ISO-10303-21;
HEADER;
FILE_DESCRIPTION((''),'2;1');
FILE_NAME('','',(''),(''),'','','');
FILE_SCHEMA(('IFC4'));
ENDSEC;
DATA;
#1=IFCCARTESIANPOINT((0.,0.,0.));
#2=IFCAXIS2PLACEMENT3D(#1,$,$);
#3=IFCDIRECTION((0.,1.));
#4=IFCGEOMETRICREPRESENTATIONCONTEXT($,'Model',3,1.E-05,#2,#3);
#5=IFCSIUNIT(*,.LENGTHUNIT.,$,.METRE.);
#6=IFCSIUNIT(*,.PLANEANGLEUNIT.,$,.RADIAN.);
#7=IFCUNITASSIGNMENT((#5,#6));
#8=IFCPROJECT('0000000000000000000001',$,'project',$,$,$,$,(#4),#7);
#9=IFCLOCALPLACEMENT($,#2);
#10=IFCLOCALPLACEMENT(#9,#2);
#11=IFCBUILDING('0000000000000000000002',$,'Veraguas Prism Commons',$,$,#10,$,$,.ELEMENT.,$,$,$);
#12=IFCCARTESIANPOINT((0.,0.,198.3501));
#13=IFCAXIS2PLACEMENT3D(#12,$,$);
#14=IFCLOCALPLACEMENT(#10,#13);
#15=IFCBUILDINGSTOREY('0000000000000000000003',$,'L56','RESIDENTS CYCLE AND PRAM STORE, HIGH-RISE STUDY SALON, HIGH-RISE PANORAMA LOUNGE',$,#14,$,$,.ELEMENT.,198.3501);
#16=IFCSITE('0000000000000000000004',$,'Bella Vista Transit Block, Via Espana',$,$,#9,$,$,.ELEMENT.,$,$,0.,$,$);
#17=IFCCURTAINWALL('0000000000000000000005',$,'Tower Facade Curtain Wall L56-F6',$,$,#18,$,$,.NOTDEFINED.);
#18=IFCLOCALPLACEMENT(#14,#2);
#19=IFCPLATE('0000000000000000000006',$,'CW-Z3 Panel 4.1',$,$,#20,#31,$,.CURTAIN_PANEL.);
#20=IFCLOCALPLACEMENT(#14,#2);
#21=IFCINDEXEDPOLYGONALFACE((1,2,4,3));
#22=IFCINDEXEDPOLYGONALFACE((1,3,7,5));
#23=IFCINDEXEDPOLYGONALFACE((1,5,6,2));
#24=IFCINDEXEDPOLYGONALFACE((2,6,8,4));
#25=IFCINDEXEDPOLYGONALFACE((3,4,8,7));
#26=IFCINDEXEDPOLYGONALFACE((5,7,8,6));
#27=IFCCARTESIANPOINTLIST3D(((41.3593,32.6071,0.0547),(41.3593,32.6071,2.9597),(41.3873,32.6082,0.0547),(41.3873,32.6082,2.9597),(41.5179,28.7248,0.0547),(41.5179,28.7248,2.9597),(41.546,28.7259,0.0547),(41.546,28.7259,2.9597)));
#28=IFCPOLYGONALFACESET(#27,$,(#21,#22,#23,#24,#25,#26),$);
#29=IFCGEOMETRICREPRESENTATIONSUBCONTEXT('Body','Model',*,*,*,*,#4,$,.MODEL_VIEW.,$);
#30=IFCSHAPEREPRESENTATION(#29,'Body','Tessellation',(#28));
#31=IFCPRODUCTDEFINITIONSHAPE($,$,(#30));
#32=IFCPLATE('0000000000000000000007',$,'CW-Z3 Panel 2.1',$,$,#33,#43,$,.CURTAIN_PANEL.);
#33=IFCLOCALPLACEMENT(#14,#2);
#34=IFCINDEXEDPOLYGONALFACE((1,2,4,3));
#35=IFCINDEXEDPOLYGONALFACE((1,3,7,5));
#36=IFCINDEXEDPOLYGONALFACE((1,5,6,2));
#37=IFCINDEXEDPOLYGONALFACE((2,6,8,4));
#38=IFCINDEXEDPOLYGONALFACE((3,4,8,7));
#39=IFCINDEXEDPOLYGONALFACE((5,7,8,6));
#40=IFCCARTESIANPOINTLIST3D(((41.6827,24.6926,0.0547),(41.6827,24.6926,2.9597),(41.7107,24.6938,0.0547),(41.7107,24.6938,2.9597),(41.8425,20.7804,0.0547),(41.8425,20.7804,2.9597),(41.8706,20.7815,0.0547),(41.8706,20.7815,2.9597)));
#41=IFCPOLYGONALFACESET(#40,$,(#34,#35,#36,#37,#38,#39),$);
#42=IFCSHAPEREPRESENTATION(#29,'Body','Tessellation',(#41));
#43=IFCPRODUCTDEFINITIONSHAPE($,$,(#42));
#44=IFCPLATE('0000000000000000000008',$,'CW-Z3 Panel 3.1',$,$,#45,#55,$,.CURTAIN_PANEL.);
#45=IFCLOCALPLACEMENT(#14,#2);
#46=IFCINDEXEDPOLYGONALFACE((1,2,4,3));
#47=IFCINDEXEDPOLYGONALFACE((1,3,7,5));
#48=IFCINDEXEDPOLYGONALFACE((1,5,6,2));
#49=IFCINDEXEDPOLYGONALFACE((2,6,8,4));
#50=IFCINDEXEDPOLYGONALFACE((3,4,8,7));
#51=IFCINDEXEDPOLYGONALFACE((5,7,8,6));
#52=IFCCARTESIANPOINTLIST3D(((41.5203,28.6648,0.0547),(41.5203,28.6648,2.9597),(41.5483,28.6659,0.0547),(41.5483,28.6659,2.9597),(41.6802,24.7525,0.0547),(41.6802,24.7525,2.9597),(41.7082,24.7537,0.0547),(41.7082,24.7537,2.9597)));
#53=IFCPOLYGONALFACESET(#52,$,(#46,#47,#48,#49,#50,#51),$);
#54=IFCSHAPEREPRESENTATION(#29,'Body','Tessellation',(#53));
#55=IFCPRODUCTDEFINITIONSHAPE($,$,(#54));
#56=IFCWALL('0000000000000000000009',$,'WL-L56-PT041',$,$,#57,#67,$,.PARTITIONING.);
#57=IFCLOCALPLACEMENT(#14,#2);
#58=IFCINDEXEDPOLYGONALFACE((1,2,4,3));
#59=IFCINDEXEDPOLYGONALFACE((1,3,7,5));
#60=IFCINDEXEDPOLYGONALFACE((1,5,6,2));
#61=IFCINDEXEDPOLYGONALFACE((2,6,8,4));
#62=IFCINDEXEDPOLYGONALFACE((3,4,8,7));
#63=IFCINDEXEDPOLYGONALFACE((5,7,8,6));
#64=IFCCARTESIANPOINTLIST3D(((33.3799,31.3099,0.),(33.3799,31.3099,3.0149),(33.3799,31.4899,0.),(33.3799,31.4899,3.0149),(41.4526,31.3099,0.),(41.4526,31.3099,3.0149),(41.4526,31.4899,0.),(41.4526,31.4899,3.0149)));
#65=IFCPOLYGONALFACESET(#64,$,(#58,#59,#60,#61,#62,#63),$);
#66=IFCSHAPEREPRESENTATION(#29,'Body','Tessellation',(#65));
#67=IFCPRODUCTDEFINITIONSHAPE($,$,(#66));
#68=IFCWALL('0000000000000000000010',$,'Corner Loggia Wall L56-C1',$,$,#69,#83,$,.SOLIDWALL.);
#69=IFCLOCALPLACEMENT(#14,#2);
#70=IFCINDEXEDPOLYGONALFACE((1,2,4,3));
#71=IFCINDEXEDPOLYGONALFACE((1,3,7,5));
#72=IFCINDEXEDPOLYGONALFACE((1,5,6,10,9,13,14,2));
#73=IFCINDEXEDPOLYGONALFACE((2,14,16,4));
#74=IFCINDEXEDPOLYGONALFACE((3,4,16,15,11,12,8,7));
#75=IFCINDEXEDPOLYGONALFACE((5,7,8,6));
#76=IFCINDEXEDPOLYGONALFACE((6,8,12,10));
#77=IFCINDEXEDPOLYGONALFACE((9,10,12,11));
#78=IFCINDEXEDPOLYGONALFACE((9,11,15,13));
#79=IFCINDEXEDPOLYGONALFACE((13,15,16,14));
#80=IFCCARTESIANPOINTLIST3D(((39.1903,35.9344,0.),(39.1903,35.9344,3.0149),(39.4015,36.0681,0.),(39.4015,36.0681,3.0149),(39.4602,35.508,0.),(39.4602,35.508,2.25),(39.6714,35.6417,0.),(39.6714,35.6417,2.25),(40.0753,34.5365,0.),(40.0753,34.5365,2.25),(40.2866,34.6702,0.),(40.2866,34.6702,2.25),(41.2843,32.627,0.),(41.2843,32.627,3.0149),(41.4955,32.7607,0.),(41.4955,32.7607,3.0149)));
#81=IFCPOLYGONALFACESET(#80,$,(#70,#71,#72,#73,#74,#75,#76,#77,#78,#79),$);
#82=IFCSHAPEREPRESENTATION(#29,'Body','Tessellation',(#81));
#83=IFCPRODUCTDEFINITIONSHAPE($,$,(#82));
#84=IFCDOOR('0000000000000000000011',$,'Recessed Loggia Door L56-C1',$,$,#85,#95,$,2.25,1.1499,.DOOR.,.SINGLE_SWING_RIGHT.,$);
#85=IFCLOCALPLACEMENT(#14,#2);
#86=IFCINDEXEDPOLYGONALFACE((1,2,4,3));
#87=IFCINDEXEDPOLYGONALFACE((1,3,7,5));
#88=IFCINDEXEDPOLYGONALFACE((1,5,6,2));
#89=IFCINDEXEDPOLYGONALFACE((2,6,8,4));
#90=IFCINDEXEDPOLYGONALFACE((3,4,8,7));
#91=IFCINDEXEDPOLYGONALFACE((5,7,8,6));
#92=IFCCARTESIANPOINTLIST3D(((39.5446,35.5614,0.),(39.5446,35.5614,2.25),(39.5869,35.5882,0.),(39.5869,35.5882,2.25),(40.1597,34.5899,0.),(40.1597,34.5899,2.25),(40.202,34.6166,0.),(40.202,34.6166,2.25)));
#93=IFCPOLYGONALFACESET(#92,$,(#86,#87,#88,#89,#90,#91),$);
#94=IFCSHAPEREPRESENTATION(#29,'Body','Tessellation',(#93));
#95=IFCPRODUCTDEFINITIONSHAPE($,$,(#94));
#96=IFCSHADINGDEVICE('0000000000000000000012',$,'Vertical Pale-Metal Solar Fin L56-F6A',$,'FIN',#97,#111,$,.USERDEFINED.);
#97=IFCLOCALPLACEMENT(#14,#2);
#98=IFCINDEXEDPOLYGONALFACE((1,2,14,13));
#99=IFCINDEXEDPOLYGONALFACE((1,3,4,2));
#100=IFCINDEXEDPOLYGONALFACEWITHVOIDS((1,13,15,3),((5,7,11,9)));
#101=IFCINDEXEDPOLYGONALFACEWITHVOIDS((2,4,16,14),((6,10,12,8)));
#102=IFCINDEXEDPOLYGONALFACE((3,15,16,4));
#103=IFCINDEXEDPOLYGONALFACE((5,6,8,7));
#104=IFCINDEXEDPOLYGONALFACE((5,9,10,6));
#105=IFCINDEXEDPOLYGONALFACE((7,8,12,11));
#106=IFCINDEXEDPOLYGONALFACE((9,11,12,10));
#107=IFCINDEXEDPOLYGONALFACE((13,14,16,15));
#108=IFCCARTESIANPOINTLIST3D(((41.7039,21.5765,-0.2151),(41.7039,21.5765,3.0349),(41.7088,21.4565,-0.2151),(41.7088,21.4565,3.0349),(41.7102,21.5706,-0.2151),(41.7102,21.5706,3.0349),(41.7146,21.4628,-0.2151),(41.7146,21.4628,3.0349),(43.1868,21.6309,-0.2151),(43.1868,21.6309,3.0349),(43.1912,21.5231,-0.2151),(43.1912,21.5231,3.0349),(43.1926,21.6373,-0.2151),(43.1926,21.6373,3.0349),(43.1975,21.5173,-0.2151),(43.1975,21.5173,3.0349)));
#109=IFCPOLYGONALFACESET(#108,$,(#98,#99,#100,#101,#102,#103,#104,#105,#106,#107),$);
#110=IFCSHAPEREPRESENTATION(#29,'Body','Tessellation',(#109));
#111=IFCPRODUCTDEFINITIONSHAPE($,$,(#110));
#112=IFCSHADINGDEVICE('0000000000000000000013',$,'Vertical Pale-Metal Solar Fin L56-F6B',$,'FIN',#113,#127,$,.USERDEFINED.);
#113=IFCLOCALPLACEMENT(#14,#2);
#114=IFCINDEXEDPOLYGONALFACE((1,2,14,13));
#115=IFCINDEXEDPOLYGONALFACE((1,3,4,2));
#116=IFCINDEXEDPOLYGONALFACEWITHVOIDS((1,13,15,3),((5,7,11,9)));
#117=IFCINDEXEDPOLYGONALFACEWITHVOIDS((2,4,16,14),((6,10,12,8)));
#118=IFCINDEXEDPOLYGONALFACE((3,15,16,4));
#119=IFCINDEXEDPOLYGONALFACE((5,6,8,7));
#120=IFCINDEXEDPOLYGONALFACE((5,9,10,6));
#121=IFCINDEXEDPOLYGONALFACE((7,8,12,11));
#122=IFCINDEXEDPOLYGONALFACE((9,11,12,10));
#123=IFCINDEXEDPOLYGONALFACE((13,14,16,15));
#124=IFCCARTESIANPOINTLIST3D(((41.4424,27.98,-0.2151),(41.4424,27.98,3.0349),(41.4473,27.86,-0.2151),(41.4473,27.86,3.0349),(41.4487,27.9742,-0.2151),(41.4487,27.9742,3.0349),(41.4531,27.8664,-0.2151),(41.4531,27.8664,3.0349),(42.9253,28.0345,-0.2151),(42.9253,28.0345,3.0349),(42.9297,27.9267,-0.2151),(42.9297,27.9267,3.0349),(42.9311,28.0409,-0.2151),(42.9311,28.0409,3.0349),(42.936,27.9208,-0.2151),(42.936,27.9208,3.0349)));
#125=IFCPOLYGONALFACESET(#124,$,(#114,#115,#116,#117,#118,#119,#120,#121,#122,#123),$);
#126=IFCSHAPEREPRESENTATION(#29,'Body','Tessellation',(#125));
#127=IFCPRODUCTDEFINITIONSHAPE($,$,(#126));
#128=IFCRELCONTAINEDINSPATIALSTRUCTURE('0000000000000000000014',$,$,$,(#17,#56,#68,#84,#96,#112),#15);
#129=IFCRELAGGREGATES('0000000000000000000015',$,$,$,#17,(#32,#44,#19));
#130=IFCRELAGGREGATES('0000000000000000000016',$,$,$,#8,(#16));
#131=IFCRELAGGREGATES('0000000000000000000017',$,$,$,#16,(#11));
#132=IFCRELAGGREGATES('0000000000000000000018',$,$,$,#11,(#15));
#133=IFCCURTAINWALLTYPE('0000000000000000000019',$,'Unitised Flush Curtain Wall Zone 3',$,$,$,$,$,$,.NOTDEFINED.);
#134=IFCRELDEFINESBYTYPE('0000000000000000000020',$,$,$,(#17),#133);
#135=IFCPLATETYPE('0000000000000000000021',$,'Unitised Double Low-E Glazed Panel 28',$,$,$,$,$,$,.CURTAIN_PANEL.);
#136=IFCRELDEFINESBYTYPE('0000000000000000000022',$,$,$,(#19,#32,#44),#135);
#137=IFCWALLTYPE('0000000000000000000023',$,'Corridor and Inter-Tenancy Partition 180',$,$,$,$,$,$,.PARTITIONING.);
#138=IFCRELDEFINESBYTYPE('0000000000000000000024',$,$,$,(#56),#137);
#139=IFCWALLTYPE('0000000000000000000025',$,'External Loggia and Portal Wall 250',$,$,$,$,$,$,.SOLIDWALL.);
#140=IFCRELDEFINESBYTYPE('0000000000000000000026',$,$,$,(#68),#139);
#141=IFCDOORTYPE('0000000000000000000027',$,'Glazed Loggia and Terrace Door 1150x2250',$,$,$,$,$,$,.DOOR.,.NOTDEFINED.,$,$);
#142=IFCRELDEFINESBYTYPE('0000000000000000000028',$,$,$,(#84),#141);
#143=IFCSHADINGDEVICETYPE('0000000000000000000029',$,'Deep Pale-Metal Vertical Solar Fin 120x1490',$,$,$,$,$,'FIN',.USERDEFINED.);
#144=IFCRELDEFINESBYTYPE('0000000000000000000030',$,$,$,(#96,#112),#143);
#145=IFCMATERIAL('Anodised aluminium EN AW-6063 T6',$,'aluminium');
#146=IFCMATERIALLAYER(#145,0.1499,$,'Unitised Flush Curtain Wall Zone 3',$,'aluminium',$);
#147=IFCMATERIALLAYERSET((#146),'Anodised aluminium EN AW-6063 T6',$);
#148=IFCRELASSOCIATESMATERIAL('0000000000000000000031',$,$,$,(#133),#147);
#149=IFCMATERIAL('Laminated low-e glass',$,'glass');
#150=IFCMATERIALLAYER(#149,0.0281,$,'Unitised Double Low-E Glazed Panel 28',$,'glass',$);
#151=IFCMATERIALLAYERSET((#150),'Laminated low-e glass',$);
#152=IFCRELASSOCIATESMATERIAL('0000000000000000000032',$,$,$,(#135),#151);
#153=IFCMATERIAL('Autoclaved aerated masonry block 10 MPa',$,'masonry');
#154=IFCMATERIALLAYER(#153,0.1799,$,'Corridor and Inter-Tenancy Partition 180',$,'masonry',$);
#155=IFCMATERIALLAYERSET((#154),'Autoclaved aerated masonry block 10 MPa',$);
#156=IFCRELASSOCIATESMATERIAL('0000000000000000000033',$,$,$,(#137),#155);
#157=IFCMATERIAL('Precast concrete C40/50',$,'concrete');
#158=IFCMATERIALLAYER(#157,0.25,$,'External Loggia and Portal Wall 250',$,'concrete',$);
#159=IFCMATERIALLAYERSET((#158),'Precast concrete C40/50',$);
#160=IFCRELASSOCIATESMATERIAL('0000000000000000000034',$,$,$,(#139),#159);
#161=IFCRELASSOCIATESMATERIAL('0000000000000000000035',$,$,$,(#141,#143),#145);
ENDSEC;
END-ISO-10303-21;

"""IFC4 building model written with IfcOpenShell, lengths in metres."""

from ifc_helpers import new_model, si_unit, direction, frame, frame_2d, origin, origin_2d, place, context, subcontext, project, spatial, rectangle, hollow_rectangle, extrude, source, transform, mapped, material, layer, layer_set, material_profile, profile_set, type_object, element, fill, aggregate, save


model = new_model("IFC4")

# Units and contexts
model_context = context("Model", 3, precision=1e-05, world=origin(), true_north=direction((0.0, 1.0)))
body_context = subcontext(model_context, "Body", "Model", "MODEL_VIEW")
ifc_project = project(units=[si_unit("LENGTHUNIT", "METRE"), si_unit("PLANEANGLEUNIT", "RADIAN")], contexts=[model_context])

# Site, building, storey
site_placement = place(None, origin())
site = spatial("IfcSite", under=ifc_project, at=site_placement, Name="Bella Vista Transit Block, Via Espana", CompositionType="ELEMENT", RefElevation=0.0)
building_placement = place(site_placement, origin())
building = spatial("IfcBuilding", under=site, at=building_placement, Name="Veraguas Prism Commons", CompositionType="ELEMENT")
storey_placement = place(building_placement, frame((0.0, 0.0, 198.3501)))
storey = spatial("IfcBuildingStorey", under=building, at=storey_placement, Name="L56", Description="RESIDENTS CYCLE AND PRAM STORE, HIGH-RISE STUDY SALON, HIGH-RISE PANORAMA LOUNGE", CompositionType="ELEMENT", Elevation=198.3501)

# Curtain wall, plates
ifc_material_1 = material(Name="Anodised aluminium EN AW-6063 T6", Category="aluminium")
ifc_layer_1 = layer(ifc_material_1, 0.1499, Name="Unitised Flush Curtain Wall Zone 3", Category="aluminium")
ifc_layer_set_1 = layer_set([ifc_layer_1], Name="Anodised aluminium EN AW-6063 T6")
curtain_wall_type = type_object("IfcCurtainWallType", Name="Unitised Flush Curtain Wall Zone 3", PredefinedType="NOTDEFINED", material=ifc_layer_set_1)
curtain_wall_placement = place(storey_placement, origin())
curtain_wall = element("IfcCurtainWall", 1, at=curtain_wall_placement, inside=storey, type_object=curtain_wall_type, Name="Tower Facade Curtain Wall L56-F6", PredefinedType="NOTDEFINED")
ifc_material_2 = material(Name="Laminated low-e glass", Category="glass")
ifc_layer_2 = layer(ifc_material_2, 0.0281, Name="Unitised Double Low-E Glazed Panel 28", Category="glass")
ifc_layer_set_2 = layer_set([ifc_layer_2], Name="Laminated low-e glass")
plate_type = type_object("IfcPlateType", Name="Unitised Double Low-E Glazed Panel 28", PredefinedType="CURTAIN_PANEL", material=ifc_layer_set_2)
shared_shape_1 = source(origin(), body_context, "Body", "SweptSolid", [
    extrude(rectangle(XDim=3.8855, YDim=0.0281, at=origin_2d()), origin(), (0.0, 0.0, 1.0), 2.905),
])
plate_1_placement = place(storey_placement, frame((41.4526, 30.6665, 0.0547), z_axis=(0.0, 0.0, 1.0), x_axis=(-0.040829, 0.999166, 0.0)))
plate_1 = element("IfcPlate", 2, at=plate_1_placement, type_object=plate_type, Name="CW-Z3 Panel 4.1", PredefinedType="CURTAIN_PANEL", context=body_context, shape_type="MappedRepresentation", body=[
    mapped(shared_shape_1, transform((0.0, 0.0, 0.0), scale=1.0)),
])
shared_shape_2 = source(origin(), body_context, "Body", "SweptSolid", [
    extrude(rectangle(XDim=3.9155, YDim=0.0281, at=origin_2d()), origin(), (0.0, 0.0, 1.0), 2.905),
])
plate_2_placement = place(storey_placement, frame((41.7766, 22.7371, 0.0547), z_axis=(0.0, 0.0, 1.0), x_axis=(-0.040829, 0.999166, 0.0)))
plate_2 = element("IfcPlate", 3, at=plate_2_placement, type_object=plate_type, Name="CW-Z3 Panel 2.1", PredefinedType="CURTAIN_PANEL", context=body_context, shape_type="MappedRepresentation", body=[
    mapped(shared_shape_2, transform((0.0, 0.0, 0.0), scale=1.0)),
])
plate_3_placement = place(storey_placement, frame((41.6143, 26.7092, 0.0547), z_axis=(0.0, 0.0, 1.0), x_axis=(-0.040829, 0.999166, 0.0)))
plate_3 = element("IfcPlate", 4, at=plate_3_placement, type_object=plate_type, Name="CW-Z3 Panel 3.1", PredefinedType="CURTAIN_PANEL", context=body_context, shape_type="MappedRepresentation", body=[
    mapped(shared_shape_2, transform((0.0, 0.0, 0.0), scale=1.0)),
])
aggregate(curtain_wall, [plate_2, plate_3, plate_1])

# Wall
ifc_material_3 = material(Name="Autoclaved aerated masonry block 10 MPa", Category="masonry")
ifc_layer_3 = layer(ifc_material_3, 0.1799, Name="Corridor and Inter-Tenancy Partition 180", Category="masonry")
ifc_layer_set_3 = layer_set([ifc_layer_3], Name="Autoclaved aerated masonry block 10 MPa")
wall_type_1 = type_object("IfcWallType", Name="Corridor and Inter-Tenancy Partition 180", PredefinedType="PARTITIONING", material=ifc_layer_set_3)
wall_1_placement = place(storey_placement, frame((33.3799, 31.3999, 0.0), z_axis=(0.0, 0.0, 1.0), x_axis=(1.0, 0.0, 0.0)))
element("IfcWall", 5, at=wall_1_placement, inside=storey, type_object=wall_type_1, Name="WL-L56-PT041", PredefinedType="PARTITIONING", context=body_context, shape_type="SweptSolid", body=[
    extrude(rectangle(XDim=8.0728, YDim=0.1799, at=frame_2d((4.0364, 0.0))), origin(), (0.0, 0.0, 1.0), 3.0149),
])

# Wall, opening, door
ifc_material_4 = material(Name="Precast concrete C40/50", Category="concrete")
ifc_layer_4 = layer(ifc_material_4, 0.25, Name="External Loggia and Portal Wall 250", Category="concrete")
ifc_layer_set_4 = layer_set([ifc_layer_4], Name="Precast concrete C40/50")
wall_type_2 = type_object("IfcWallType", Name="External Loggia and Portal Wall 250", PredefinedType="SOLIDWALL", material=ifc_layer_set_4)
wall_2_placement = place(storey_placement, frame((41.3899, 32.6938, 0.0), z_axis=(0.0, 0.0, 1.0), x_axis=(-0.534929, 0.844897, 0.0)))
wall_2 = element("IfcWall", 6, at=wall_2_placement, inside=storey, type_object=wall_type_2, Name="Corner Loggia Wall L56-C1", PredefinedType="SOLIDWALL", context=body_context, shape_type="SweptSolid", body=[
    extrude(rectangle(XDim=3.9146, YDim=0.25, at=frame_2d((1.9573, 0.0))), origin(), (0.0, 0.0, 1.0), 3.0149),
])
opening_placement = place(wall_2_placement, frame((2.26, 0.0, 0.0)))
opening = element("IfcOpeningElement", 7, at=opening_placement, cuts=wall_2, PredefinedType="OPENING", context=body_context, shape_type="SweptSolid", body=[
    extrude(rectangle(XDim=1.1499, YDim=2.25, at=frame_2d((0.575, 1.125))), frame((0.0, 0.135, 0.0), z_axis=(0.0, -1.0, 0.0), x_axis=(1.0, 0.0, 0.0)), (0.0, 0.0, 1.0), 0.27),
])
door_type = type_object("IfcDoorType", Name="Glazed Loggia and Terrace Door 1150x2250", OperationType="NOTDEFINED", PredefinedType="DOOR", material=ifc_material_1)
shared_shape_3 = source(origin(), body_context, "Body", "SweptSolid", [
    extrude(rectangle(XDim=1.1499, YDim=2.25, at=frame_2d((0.575, 1.125))), frame((0.0, 0.0249, 0.0), z_axis=(0.0, -1.0, 0.0), x_axis=(1.0, 0.0, 0.0)), (0.0, 0.0, 1.0), 0.05),
])
door_placement = place(opening_placement, frame((1.1499, 0.0, 0.0), z_axis=(0.0, 0.0, 1.0), x_axis=(-1.0, 0.0, 0.0)))
door = element("IfcDoor", 8, at=door_placement, inside=storey, type_object=door_type, Name="Recessed Loggia Door L56-C1", OperationType="SINGLE_SWING_RIGHT", OverallHeight=2.25, OverallWidth=1.1499, PredefinedType="DOOR", context=body_context, shape_type="MappedRepresentation", body=[
    mapped(shared_shape_3, transform((0.0, 0.0, 0.0), scale=1.0)),
])
fill(opening, door)

# Shading devices
ifc_material_profile_1 = material_profile(ifc_material_1, hollow_rectangle(XDim=0.1201, YDim=1.49, WallThickness=0.0061, at=origin_2d()), Name="FIN120X1490X6")
ifc_profile_set_1 = profile_set([ifc_material_profile_1], Name="Anodised aluminium EN AW-6063 T6")
shading_device_type = type_object("IfcShadingDeviceType", Name="Deep Pale-Metal Vertical Solar Fin 120x1490", ElementType="FIN", PredefinedType="USERDEFINED", material=ifc_profile_set_1)
for number, where, z_axis, x_axis, name in (
    (9, (42.4507, 21.5469, -0.2151), (0.0, 0.0, 1.0), (-0.040824, 0.999166, 0.0), "Vertical Pale-Metal Solar Fin L56-F6A"),
    (10, (42.1892, 27.9504, -0.2151), (0.0, 0.0, 1.0), (-0.040824, 0.999166, 0.0), "Vertical Pale-Metal Solar Fin L56-F6B"),
):
    element("IfcShadingDevice", number, at=place(storey_placement, frame(where, z_axis=z_axis, x_axis=x_axis)), inside=storey, type_object=shading_device_type, Name=name, ObjectType="FIN", PredefinedType="USERDEFINED", context=body_context, shape_type="SweptSolid", body=[
        extrude(hollow_rectangle(XDim=0.1201, YDim=1.49, WallThickness=0.0061, at=origin_2d()), origin(), (0.0, 0.0, 1.0), 3.25),
    ])

save(model, "model.ifc")
